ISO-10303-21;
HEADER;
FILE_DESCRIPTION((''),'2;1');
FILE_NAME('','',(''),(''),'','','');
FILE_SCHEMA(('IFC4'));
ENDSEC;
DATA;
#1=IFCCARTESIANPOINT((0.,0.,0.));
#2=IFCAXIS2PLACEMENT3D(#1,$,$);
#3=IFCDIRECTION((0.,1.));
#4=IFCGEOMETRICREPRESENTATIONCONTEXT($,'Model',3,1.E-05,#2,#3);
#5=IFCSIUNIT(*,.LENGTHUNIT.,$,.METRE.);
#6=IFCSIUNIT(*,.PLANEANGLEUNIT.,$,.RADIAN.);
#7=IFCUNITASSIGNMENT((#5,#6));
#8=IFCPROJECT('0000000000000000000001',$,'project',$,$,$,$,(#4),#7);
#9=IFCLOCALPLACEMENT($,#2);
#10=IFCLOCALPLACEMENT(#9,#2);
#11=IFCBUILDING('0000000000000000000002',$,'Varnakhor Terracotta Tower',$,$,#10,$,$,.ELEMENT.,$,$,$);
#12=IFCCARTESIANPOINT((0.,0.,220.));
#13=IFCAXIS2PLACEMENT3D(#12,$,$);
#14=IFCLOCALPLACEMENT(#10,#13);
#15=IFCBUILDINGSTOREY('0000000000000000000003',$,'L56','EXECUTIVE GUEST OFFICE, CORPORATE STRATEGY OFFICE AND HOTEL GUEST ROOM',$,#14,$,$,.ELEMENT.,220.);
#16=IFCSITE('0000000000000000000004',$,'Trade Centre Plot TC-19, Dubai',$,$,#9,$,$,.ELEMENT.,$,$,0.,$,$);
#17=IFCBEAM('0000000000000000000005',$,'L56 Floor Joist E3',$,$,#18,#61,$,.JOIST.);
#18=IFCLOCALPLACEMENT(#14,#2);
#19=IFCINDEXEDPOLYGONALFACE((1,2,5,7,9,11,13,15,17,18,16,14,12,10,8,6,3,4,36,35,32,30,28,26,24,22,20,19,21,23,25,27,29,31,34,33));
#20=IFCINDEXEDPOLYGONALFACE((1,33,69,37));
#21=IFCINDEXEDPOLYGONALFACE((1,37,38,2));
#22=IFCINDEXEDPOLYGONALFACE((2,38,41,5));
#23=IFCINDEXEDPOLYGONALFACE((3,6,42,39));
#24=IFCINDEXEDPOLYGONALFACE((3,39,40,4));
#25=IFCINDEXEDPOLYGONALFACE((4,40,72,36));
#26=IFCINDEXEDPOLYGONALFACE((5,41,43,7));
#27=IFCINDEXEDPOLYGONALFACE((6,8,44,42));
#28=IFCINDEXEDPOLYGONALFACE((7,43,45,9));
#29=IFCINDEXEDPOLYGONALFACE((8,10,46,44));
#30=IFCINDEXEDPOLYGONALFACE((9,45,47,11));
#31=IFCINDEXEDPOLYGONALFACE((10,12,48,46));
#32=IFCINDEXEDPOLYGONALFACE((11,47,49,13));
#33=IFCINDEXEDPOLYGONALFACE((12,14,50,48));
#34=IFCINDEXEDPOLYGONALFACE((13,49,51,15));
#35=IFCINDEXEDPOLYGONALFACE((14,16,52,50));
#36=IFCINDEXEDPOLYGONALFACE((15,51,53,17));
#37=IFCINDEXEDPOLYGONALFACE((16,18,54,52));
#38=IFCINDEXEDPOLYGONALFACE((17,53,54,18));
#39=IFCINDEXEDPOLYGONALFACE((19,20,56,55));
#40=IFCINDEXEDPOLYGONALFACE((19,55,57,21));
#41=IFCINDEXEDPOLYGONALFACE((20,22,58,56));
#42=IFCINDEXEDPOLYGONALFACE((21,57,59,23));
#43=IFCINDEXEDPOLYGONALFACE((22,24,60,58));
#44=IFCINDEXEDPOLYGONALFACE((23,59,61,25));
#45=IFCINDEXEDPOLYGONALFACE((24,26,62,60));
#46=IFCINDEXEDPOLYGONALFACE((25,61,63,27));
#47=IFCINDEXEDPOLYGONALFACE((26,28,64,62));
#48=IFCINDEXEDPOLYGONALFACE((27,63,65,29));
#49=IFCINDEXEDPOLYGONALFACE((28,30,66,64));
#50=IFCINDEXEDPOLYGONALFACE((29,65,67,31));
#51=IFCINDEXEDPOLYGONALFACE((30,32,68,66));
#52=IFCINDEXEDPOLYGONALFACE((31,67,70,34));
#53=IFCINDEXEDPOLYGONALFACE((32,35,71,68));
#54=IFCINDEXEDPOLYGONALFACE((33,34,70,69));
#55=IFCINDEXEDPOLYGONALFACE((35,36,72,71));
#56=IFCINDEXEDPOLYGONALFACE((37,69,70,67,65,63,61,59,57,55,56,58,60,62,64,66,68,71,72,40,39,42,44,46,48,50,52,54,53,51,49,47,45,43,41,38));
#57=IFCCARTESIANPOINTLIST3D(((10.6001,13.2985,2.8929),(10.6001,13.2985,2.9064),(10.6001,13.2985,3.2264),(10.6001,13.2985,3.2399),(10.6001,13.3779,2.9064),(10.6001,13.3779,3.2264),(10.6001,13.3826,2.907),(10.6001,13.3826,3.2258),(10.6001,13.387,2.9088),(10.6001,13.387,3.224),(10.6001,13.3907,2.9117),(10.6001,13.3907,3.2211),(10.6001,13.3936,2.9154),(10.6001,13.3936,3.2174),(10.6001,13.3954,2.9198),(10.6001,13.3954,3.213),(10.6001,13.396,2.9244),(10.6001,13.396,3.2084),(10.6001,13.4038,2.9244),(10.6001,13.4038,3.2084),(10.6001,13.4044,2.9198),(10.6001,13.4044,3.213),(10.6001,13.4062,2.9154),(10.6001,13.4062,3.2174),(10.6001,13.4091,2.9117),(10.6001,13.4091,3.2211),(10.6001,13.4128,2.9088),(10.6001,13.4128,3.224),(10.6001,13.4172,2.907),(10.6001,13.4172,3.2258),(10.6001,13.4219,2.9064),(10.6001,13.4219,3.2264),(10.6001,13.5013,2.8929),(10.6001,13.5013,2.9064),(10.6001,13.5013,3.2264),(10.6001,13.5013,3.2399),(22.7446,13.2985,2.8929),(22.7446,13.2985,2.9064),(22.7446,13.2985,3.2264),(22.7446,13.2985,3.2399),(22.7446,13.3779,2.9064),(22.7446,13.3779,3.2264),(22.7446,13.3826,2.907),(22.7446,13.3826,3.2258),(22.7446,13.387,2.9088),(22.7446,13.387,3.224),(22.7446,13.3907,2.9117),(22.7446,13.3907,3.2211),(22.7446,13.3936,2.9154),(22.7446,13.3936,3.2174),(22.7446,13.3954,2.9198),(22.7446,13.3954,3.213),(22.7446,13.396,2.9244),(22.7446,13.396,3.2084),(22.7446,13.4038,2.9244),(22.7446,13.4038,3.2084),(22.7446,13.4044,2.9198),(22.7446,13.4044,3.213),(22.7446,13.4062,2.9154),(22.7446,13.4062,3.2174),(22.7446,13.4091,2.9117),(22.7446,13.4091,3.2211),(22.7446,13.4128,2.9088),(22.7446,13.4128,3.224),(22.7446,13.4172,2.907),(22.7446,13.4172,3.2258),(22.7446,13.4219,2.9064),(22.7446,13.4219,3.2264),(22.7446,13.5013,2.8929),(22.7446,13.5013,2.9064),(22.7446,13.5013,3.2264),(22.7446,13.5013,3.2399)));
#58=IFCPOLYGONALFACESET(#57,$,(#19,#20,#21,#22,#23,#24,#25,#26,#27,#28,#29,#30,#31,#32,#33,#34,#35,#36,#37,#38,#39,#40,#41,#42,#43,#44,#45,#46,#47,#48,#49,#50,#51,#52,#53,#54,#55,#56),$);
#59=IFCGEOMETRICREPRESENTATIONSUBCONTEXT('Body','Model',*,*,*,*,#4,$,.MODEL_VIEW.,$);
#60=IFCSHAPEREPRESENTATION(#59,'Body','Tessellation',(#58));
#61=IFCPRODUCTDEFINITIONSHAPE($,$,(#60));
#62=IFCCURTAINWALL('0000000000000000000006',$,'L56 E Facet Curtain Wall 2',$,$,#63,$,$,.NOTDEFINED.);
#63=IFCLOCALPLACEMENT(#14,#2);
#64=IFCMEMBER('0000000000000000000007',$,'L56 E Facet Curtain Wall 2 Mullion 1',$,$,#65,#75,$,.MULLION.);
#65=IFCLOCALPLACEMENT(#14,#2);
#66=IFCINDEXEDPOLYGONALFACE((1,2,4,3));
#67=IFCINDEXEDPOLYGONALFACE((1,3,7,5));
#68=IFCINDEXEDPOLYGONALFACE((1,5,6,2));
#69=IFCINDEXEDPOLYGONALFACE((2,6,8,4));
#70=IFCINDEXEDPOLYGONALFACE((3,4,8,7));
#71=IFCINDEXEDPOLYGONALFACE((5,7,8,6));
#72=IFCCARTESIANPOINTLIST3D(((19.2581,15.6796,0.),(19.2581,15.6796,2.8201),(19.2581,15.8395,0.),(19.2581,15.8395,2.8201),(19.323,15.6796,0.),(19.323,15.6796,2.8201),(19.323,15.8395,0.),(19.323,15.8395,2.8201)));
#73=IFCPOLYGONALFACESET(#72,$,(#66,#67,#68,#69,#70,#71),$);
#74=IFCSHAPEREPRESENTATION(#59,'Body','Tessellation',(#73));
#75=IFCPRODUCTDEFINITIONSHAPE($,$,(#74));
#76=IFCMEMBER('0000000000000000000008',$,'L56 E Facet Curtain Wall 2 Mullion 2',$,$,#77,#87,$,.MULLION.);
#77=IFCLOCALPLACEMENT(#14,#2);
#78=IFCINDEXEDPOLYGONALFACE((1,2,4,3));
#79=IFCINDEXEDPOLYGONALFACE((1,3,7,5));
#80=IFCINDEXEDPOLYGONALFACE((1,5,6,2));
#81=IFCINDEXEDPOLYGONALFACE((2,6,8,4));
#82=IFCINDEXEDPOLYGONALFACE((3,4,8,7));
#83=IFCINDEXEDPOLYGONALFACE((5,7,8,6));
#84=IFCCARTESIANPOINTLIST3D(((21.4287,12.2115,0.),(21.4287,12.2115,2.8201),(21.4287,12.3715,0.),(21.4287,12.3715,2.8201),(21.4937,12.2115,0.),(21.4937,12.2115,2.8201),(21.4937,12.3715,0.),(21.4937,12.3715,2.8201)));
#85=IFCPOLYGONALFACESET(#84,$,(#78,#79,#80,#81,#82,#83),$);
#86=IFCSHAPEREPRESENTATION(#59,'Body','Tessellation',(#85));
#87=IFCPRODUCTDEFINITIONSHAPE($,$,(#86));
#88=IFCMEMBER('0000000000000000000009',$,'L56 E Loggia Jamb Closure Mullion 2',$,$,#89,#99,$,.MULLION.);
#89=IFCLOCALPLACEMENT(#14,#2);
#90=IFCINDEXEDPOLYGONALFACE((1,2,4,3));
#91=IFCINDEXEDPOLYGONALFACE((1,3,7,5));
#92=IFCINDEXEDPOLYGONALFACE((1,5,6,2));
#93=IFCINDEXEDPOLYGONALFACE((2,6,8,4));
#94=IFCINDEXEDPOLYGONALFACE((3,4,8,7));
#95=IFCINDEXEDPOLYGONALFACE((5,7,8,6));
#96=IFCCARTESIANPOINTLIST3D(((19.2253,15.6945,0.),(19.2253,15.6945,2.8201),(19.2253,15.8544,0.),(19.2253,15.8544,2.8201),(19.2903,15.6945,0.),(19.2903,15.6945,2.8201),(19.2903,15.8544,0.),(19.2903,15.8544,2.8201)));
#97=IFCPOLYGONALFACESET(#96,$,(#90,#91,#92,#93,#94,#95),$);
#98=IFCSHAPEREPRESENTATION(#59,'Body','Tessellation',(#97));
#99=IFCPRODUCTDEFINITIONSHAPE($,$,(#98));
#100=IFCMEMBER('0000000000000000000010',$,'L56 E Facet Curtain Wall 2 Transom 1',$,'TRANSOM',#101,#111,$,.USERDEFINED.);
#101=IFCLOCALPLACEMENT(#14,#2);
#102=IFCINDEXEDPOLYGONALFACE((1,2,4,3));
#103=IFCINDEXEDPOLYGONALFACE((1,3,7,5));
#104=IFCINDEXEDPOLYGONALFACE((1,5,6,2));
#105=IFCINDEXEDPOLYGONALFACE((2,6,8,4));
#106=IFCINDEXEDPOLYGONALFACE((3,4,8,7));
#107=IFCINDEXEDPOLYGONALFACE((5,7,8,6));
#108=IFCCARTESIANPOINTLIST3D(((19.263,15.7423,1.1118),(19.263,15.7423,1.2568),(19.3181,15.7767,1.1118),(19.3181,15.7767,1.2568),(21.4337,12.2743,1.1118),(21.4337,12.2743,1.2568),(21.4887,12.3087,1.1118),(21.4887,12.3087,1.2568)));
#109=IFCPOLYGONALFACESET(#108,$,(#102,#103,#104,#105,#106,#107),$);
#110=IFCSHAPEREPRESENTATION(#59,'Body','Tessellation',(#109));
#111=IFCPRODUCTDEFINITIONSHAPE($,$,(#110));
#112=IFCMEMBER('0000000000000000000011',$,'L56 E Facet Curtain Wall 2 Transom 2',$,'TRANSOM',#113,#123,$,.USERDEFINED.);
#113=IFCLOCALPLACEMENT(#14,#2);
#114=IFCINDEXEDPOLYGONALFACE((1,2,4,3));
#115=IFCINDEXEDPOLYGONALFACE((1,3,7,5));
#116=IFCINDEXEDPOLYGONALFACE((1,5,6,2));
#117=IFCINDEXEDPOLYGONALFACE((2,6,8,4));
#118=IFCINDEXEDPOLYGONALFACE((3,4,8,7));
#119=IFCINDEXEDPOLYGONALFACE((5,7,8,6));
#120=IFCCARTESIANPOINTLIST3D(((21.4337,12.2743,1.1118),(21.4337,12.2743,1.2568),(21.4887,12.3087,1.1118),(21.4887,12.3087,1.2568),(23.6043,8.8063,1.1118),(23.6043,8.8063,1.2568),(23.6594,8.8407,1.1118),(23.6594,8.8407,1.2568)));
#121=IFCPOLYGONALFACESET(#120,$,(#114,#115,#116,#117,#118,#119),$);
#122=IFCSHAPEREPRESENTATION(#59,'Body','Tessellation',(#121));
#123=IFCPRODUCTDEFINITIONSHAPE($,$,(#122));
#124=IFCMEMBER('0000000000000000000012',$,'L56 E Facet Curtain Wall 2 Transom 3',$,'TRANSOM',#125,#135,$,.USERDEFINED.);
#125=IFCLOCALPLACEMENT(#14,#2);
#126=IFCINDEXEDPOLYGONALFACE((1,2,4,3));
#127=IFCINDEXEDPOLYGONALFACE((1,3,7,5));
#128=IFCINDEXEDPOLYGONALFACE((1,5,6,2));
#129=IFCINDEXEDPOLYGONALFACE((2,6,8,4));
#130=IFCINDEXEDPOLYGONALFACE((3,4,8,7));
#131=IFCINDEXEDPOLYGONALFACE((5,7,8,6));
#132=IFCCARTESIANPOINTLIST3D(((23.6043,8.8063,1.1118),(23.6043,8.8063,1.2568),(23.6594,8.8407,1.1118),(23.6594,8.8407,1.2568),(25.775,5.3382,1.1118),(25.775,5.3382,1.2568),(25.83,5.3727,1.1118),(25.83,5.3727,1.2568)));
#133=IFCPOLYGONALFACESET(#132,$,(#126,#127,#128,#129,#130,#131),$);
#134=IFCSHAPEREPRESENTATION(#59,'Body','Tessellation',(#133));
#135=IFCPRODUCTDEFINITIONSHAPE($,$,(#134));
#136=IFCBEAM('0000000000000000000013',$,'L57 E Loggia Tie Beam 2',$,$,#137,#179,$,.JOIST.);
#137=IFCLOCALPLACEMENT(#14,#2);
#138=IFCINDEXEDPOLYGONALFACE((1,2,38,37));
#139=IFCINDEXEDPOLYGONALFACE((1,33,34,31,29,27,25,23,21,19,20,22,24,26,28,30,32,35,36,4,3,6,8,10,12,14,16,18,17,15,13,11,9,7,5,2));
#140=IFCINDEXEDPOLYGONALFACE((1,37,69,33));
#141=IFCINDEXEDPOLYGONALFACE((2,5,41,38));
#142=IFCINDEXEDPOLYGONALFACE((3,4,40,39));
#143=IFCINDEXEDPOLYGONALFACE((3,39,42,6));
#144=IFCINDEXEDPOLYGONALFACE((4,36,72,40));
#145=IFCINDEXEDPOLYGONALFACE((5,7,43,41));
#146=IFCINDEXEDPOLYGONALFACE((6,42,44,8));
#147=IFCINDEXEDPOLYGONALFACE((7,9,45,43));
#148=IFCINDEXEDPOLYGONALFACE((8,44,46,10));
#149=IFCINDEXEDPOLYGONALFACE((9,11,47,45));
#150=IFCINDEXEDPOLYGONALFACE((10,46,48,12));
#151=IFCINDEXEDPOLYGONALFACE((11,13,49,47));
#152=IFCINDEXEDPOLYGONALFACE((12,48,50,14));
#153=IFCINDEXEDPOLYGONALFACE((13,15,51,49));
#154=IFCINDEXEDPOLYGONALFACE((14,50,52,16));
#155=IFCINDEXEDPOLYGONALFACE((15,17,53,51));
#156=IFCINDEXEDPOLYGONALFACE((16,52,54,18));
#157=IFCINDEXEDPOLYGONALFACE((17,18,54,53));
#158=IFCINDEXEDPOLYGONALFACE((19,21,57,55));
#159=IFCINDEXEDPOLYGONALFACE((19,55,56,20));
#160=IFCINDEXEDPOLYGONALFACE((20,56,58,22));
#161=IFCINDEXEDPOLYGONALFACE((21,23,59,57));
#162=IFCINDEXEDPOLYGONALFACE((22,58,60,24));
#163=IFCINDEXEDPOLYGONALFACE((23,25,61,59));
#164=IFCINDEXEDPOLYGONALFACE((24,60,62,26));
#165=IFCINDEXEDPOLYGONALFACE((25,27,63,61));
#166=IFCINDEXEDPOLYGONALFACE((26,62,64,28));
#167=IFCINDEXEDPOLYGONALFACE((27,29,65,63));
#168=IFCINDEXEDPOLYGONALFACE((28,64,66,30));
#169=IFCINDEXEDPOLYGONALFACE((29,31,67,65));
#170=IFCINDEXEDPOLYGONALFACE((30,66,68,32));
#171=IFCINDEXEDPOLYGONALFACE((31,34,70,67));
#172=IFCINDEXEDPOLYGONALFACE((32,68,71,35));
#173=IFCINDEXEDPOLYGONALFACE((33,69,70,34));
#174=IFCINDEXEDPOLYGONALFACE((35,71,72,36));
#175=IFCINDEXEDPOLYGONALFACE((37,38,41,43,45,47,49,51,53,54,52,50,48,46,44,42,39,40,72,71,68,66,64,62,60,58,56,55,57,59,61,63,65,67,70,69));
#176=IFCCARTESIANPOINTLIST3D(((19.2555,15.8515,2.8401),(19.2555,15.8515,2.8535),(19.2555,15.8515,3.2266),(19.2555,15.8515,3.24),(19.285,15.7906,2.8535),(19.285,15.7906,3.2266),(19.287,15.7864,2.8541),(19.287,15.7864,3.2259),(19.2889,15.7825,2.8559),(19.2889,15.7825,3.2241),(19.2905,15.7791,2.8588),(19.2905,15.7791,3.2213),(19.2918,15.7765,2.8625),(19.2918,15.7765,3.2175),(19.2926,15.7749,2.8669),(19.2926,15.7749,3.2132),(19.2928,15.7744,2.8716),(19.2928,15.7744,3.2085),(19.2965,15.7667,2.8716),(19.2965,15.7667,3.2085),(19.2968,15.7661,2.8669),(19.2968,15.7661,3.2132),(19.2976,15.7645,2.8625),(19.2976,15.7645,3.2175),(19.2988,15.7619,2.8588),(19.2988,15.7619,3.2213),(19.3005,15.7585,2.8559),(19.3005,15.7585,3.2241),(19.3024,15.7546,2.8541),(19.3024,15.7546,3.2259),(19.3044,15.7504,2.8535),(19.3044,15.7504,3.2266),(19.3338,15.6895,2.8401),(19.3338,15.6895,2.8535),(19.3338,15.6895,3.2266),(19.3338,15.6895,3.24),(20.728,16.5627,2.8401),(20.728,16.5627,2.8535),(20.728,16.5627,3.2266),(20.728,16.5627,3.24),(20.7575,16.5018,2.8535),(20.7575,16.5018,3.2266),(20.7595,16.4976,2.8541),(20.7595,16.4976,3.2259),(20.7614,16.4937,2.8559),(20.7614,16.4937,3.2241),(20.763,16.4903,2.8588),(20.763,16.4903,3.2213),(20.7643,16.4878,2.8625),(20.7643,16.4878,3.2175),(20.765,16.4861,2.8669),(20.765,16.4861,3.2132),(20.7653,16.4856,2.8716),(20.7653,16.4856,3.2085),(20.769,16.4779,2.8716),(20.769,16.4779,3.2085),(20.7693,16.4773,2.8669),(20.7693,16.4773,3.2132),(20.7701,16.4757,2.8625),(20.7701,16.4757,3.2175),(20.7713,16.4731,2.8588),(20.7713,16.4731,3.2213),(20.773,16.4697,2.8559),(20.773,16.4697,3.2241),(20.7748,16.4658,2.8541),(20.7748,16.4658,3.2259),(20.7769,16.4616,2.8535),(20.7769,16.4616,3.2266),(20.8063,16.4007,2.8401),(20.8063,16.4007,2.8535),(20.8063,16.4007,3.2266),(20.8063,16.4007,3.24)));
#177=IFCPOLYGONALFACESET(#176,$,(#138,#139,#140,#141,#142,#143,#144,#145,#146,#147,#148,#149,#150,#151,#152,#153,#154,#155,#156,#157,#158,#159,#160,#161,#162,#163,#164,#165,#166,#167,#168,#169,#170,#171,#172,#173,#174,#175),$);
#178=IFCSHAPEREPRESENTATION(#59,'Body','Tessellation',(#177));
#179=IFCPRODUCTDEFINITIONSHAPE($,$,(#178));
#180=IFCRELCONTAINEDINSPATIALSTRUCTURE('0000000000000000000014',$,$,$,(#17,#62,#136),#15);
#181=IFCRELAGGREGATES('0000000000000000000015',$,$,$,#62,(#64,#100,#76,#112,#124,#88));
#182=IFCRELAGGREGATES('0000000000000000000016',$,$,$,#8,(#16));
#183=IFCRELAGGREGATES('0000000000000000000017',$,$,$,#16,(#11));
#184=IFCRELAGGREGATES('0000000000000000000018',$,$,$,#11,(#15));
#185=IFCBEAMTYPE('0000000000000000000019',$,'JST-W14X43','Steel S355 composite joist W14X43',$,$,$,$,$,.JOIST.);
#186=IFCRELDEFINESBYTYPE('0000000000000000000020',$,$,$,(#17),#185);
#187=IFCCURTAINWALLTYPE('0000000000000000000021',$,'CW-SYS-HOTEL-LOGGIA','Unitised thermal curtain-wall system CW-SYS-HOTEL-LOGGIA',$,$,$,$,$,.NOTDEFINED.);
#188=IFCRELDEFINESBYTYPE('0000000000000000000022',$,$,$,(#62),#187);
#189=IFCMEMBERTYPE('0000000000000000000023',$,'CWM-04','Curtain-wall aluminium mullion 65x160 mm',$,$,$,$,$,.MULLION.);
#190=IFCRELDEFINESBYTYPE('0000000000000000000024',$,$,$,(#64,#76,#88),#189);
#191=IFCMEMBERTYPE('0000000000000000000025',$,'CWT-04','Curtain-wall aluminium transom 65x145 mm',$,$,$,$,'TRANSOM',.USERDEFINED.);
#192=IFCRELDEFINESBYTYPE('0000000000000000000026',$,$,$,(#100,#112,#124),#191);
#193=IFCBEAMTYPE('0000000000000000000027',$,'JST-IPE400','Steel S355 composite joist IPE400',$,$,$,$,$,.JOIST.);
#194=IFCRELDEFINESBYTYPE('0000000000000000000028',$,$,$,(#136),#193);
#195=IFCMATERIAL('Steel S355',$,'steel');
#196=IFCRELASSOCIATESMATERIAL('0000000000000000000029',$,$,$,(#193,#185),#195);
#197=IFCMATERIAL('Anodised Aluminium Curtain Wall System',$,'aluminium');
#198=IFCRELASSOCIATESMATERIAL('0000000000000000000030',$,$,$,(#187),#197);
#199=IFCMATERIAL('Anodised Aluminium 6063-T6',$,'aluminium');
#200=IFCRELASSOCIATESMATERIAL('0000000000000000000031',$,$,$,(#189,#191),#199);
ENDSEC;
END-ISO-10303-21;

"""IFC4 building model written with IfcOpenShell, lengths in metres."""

from ifc_helpers import new_model, si_unit, direction, frame, origin, origin_2d, place, context, subcontext, project, spatial, rectangle, i_section, extrude, source, transform, mapped, material, material_profile, profile_set, type_object, type_shapes, element, aggregate, save


model = new_model("IFC4")

# Units and contexts
model_context = context("Model", 3, precision=1e-05, world=origin(), true_north=direction((0.0, 1.0)))
body_context = subcontext(model_context, "Body", "Model", "MODEL_VIEW")
ifc_project = project(units=[si_unit("LENGTHUNIT", "METRE"), si_unit("PLANEANGLEUNIT", "RADIAN")], contexts=[model_context])

# Site, building, storey
site_placement = place(None, origin())
site = spatial("IfcSite", under=ifc_project, at=site_placement, Name="Trade Centre Plot TC-19, Dubai", CompositionType="ELEMENT", RefElevation=0.0)
building_placement = place(site_placement, origin())
building = spatial("IfcBuilding", under=site, at=building_placement, Name="Varnakhor Terracotta Tower", CompositionType="ELEMENT")
storey_placement = place(building_placement, frame((0.0, 0.0, 220.0)))
storey = spatial("IfcBuildingStorey", under=building, at=storey_placement, Name="L56", Description="EXECUTIVE GUEST OFFICE, CORPORATE STRATEGY OFFICE AND HOTEL GUEST ROOM", CompositionType="ELEMENT", Elevation=220.0)

# Beam
ifc_material_1 = material(Name="Steel S355", Category="steel")
ifc_material_profile_1 = material_profile(ifc_material_1, i_section(OverallWidth=0.1799, OverallDepth=0.3999, WebThickness=0.0085, FlangeThickness=0.0134, FilletRadius=0.0181, at=origin_2d()), Name="IPE400")
ifc_profile_set_1 = profile_set([ifc_material_profile_1], Name="Steel S355")
beam_type_1 = type_object("IfcBeamType", Name="JST-IPE400", Description="Steel S355 composite joist IPE400", PredefinedType="JOIST", material=ifc_profile_set_1)
ifc_material_profile_2 = material_profile(ifc_material_1, i_section(OverallWidth=0.2029, OverallDepth=0.3469, WebThickness=0.0078, FlangeThickness=0.0134, FilletRadius=0.0181, at=origin_2d()), Name="W14X43")
ifc_profile_set_2 = profile_set([ifc_material_profile_2], Name="Steel S355")
beam_type_2 = type_object("IfcBeamType", Name="JST-W14X43", Description="Steel S355 composite joist W14X43", PredefinedType="JOIST", material=ifc_profile_set_2)
shared_shape_1 = source(origin(), body_context, "Body", "SweptSolid", [
    extrude(i_section(OverallWidth=0.2029, OverallDepth=0.3469, WebThickness=0.0078, FlangeThickness=0.0134, FilletRadius=0.0181, at=origin_2d()), origin(), (0.0, 0.0, 1.0), 12.1445),
])
beam_1_placement = place(storey_placement, frame((10.6001, 13.3999, 3.0664), z_axis=(1.0, 0.0, 0.0), x_axis=(0.0, 1.0, 0.0)))
element("IfcBeam", 1, at=beam_1_placement, inside=storey, type_object=beam_type_2, Name="L56 Floor Joist E3", PredefinedType="JOIST", context=body_context, shape_type="MappedRepresentation", body=[
    mapped(shared_shape_1, transform((0.0, 0.0, 0.0), scale=1.0)),
])

# Curtain wall, members
ifc_material_2 = material(Name="Anodised Aluminium Curtain Wall System", Category="aluminium")
curtain_wall_type = type_object("IfcCurtainWallType", Name="CW-SYS-HOTEL-LOGGIA", Description="Unitised thermal curtain-wall system CW-SYS-HOTEL-LOGGIA", PredefinedType="NOTDEFINED", material=ifc_material_2)
curtain_wall_placement = place(storey_placement, origin())
curtain_wall = element("IfcCurtainWall", 2, at=curtain_wall_placement, inside=storey, type_object=curtain_wall_type, Name="L56 E Facet Curtain Wall 2", PredefinedType="NOTDEFINED")
ifc_material_3 = material(Name="Anodised Aluminium 6063-T6", Category="aluminium")
ifc_material_profile_3 = material_profile(ifc_material_3, rectangle(XDim=0.0649, YDim=0.1599, at=origin_2d()), Name="ALU MULLION 65x160")
ifc_profile_set_3 = profile_set([ifc_material_profile_3], Name="Anodised Aluminium 6063-T6")
member_type_1 = type_object("IfcMemberType", Name="CWM-04", Description="Curtain-wall aluminium mullion 65x160 mm", PredefinedType="MULLION", material=ifc_profile_set_3)
shared_shape_2 = source(origin(), body_context, "Body", "SweptSolid", [
    extrude(rectangle(XDim=0.0649, YDim=0.1599, at=origin_2d()), origin(), (0.0, 0.0, 1.0), 2.8201),
])
type_shapes(member_type_1, [shared_shape_2])
member_1_placement = place(storey_placement, frame((19.2905, 15.7595, 0.0), z_axis=(0.0, 0.0, 1.0), x_axis=(1.0, 0.0, 0.0)))
member_1 = element("IfcMember", 3, at=member_1_placement, type_object=member_type_1, Name="L56 E Facet Curtain Wall 2 Mullion 1", PredefinedType="MULLION", context=body_context, shape_type="MappedRepresentation", body=[
    mapped(shared_shape_2, transform((0.0, 0.0, 0.0), scale=1.0)),
])
member_2_placement = place(storey_placement, frame((21.4612, 12.2915, 0.0), z_axis=(0.0, 0.0, 1.0), x_axis=(1.0, 0.0, 0.0)))
member_2 = element("IfcMember", 4, at=member_2_placement, type_object=member_type_1, Name="L56 E Facet Curtain Wall 2 Mullion 2", PredefinedType="MULLION", context=body_context, shape_type="MappedRepresentation", body=[
    mapped(shared_shape_2, transform((0.0, 0.0, 0.0), scale=1.0)),
])
member_3_placement = place(storey_placement, frame((19.2578, 15.7744, 0.0), z_axis=(0.0, 0.0, 1.0), x_axis=(1.0, 0.0, 0.0)))
member_3 = element("IfcMember", 5, at=member_3_placement, type_object=member_type_1, Name="L56 E Loggia Jamb Closure Mullion 2", PredefinedType="MULLION", context=body_context, shape_type="MappedRepresentation", body=[
    mapped(shared_shape_2, transform((0.0, 0.0, 0.0), scale=1.0)),
])
ifc_material_profile_4 = material_profile(ifc_material_3, rectangle(XDim=0.0649, YDim=0.145, at=origin_2d()), Name="ALU TRANSOM 65x145")
ifc_profile_set_4 = profile_set([ifc_material_profile_4], Name="Anodised Aluminium 6063-T6")
member_type_2 = type_object("IfcMemberType", Name="CWT-04", Description="Curtain-wall aluminium transom 65x145 mm", ElementType="TRANSOM", PredefinedType="USERDEFINED", material=ifc_profile_set_4)
shared_shape_3 = source(origin(), body_context, "Body", "SweptSolid", [
    extrude(rectangle(XDim=0.0649, YDim=0.145, at=origin_2d()), origin(), (0.0, 0.0, 1.0), 4.0913),
])
member_4_placement = place(storey_placement, frame((19.2905, 15.7595, 1.1843), z_axis=(0.530551, -0.847653, 0.0), x_axis=(0.847653, 0.530551, 0.0)))
member_4 = element("IfcMember", 6, at=member_4_placement, type_object=member_type_2, Name="L56 E Facet Curtain Wall 2 Transom 1", ObjectType="TRANSOM", PredefinedType="USERDEFINED", context=body_context, shape_type="MappedRepresentation", body=[
    mapped(shared_shape_3, transform((0.0, 0.0, 0.0), scale=1.0)),
])
member_5_placement = place(storey_placement, frame((21.4612, 12.2915, 1.1843), z_axis=(0.530551, -0.847653, 0.0), x_axis=(0.847653, 0.530551, 0.0)))
member_5 = element("IfcMember", 7, at=member_5_placement, type_object=member_type_2, Name="L56 E Facet Curtain Wall 2 Transom 2", ObjectType="TRANSOM", PredefinedType="USERDEFINED", context=body_context, shape_type="MappedRepresentation", body=[
    mapped(shared_shape_3, transform((0.0, 0.0, 0.0), scale=1.0)),
])
member_6_placement = place(storey_placement, frame((23.6318, 8.8235, 1.1843), z_axis=(0.530551, -0.847653, 0.0), x_axis=(0.847653, 0.530551, 0.0)))
member_6 = element("IfcMember", 8, at=member_6_placement, type_object=member_type_2, Name="L56 E Facet Curtain Wall 2 Transom 3", ObjectType="TRANSOM", PredefinedType="USERDEFINED", context=body_context, shape_type="MappedRepresentation", body=[
    mapped(shared_shape_3, transform((0.0, 0.0, 0.0), scale=1.0)),
])

# Beam
shared_shape_4 = source(origin(), body_context, "Body", "SweptSolid", [
    extrude(i_section(OverallWidth=0.1799, OverallDepth=0.3999, WebThickness=0.0085, FlangeThickness=0.0134, FilletRadius=0.0181, at=origin_2d()), origin(), (0.0, 0.0, 1.0), 1.6353),
])
beam_2_placement = place(storey_placement, frame((19.2947, 15.7705, 3.04), z_axis=(0.900465, 0.434929, 0.0), x_axis=(-0.434929, 0.900465, 0.0)))
element("IfcBeam", 9, at=beam_2_placement, inside=storey, type_object=beam_type_1, Name="L57 E Loggia Tie Beam 2", PredefinedType="JOIST", context=body_context, shape_type="MappedRepresentation", body=[
    mapped(shared_shape_4, transform((0.0, 0.0, 0.0), scale=1.0)),
])

aggregate(curtain_wall, [member_1, member_4, member_2, member_5, member_6, member_3])

save(model, "model.ifc")
